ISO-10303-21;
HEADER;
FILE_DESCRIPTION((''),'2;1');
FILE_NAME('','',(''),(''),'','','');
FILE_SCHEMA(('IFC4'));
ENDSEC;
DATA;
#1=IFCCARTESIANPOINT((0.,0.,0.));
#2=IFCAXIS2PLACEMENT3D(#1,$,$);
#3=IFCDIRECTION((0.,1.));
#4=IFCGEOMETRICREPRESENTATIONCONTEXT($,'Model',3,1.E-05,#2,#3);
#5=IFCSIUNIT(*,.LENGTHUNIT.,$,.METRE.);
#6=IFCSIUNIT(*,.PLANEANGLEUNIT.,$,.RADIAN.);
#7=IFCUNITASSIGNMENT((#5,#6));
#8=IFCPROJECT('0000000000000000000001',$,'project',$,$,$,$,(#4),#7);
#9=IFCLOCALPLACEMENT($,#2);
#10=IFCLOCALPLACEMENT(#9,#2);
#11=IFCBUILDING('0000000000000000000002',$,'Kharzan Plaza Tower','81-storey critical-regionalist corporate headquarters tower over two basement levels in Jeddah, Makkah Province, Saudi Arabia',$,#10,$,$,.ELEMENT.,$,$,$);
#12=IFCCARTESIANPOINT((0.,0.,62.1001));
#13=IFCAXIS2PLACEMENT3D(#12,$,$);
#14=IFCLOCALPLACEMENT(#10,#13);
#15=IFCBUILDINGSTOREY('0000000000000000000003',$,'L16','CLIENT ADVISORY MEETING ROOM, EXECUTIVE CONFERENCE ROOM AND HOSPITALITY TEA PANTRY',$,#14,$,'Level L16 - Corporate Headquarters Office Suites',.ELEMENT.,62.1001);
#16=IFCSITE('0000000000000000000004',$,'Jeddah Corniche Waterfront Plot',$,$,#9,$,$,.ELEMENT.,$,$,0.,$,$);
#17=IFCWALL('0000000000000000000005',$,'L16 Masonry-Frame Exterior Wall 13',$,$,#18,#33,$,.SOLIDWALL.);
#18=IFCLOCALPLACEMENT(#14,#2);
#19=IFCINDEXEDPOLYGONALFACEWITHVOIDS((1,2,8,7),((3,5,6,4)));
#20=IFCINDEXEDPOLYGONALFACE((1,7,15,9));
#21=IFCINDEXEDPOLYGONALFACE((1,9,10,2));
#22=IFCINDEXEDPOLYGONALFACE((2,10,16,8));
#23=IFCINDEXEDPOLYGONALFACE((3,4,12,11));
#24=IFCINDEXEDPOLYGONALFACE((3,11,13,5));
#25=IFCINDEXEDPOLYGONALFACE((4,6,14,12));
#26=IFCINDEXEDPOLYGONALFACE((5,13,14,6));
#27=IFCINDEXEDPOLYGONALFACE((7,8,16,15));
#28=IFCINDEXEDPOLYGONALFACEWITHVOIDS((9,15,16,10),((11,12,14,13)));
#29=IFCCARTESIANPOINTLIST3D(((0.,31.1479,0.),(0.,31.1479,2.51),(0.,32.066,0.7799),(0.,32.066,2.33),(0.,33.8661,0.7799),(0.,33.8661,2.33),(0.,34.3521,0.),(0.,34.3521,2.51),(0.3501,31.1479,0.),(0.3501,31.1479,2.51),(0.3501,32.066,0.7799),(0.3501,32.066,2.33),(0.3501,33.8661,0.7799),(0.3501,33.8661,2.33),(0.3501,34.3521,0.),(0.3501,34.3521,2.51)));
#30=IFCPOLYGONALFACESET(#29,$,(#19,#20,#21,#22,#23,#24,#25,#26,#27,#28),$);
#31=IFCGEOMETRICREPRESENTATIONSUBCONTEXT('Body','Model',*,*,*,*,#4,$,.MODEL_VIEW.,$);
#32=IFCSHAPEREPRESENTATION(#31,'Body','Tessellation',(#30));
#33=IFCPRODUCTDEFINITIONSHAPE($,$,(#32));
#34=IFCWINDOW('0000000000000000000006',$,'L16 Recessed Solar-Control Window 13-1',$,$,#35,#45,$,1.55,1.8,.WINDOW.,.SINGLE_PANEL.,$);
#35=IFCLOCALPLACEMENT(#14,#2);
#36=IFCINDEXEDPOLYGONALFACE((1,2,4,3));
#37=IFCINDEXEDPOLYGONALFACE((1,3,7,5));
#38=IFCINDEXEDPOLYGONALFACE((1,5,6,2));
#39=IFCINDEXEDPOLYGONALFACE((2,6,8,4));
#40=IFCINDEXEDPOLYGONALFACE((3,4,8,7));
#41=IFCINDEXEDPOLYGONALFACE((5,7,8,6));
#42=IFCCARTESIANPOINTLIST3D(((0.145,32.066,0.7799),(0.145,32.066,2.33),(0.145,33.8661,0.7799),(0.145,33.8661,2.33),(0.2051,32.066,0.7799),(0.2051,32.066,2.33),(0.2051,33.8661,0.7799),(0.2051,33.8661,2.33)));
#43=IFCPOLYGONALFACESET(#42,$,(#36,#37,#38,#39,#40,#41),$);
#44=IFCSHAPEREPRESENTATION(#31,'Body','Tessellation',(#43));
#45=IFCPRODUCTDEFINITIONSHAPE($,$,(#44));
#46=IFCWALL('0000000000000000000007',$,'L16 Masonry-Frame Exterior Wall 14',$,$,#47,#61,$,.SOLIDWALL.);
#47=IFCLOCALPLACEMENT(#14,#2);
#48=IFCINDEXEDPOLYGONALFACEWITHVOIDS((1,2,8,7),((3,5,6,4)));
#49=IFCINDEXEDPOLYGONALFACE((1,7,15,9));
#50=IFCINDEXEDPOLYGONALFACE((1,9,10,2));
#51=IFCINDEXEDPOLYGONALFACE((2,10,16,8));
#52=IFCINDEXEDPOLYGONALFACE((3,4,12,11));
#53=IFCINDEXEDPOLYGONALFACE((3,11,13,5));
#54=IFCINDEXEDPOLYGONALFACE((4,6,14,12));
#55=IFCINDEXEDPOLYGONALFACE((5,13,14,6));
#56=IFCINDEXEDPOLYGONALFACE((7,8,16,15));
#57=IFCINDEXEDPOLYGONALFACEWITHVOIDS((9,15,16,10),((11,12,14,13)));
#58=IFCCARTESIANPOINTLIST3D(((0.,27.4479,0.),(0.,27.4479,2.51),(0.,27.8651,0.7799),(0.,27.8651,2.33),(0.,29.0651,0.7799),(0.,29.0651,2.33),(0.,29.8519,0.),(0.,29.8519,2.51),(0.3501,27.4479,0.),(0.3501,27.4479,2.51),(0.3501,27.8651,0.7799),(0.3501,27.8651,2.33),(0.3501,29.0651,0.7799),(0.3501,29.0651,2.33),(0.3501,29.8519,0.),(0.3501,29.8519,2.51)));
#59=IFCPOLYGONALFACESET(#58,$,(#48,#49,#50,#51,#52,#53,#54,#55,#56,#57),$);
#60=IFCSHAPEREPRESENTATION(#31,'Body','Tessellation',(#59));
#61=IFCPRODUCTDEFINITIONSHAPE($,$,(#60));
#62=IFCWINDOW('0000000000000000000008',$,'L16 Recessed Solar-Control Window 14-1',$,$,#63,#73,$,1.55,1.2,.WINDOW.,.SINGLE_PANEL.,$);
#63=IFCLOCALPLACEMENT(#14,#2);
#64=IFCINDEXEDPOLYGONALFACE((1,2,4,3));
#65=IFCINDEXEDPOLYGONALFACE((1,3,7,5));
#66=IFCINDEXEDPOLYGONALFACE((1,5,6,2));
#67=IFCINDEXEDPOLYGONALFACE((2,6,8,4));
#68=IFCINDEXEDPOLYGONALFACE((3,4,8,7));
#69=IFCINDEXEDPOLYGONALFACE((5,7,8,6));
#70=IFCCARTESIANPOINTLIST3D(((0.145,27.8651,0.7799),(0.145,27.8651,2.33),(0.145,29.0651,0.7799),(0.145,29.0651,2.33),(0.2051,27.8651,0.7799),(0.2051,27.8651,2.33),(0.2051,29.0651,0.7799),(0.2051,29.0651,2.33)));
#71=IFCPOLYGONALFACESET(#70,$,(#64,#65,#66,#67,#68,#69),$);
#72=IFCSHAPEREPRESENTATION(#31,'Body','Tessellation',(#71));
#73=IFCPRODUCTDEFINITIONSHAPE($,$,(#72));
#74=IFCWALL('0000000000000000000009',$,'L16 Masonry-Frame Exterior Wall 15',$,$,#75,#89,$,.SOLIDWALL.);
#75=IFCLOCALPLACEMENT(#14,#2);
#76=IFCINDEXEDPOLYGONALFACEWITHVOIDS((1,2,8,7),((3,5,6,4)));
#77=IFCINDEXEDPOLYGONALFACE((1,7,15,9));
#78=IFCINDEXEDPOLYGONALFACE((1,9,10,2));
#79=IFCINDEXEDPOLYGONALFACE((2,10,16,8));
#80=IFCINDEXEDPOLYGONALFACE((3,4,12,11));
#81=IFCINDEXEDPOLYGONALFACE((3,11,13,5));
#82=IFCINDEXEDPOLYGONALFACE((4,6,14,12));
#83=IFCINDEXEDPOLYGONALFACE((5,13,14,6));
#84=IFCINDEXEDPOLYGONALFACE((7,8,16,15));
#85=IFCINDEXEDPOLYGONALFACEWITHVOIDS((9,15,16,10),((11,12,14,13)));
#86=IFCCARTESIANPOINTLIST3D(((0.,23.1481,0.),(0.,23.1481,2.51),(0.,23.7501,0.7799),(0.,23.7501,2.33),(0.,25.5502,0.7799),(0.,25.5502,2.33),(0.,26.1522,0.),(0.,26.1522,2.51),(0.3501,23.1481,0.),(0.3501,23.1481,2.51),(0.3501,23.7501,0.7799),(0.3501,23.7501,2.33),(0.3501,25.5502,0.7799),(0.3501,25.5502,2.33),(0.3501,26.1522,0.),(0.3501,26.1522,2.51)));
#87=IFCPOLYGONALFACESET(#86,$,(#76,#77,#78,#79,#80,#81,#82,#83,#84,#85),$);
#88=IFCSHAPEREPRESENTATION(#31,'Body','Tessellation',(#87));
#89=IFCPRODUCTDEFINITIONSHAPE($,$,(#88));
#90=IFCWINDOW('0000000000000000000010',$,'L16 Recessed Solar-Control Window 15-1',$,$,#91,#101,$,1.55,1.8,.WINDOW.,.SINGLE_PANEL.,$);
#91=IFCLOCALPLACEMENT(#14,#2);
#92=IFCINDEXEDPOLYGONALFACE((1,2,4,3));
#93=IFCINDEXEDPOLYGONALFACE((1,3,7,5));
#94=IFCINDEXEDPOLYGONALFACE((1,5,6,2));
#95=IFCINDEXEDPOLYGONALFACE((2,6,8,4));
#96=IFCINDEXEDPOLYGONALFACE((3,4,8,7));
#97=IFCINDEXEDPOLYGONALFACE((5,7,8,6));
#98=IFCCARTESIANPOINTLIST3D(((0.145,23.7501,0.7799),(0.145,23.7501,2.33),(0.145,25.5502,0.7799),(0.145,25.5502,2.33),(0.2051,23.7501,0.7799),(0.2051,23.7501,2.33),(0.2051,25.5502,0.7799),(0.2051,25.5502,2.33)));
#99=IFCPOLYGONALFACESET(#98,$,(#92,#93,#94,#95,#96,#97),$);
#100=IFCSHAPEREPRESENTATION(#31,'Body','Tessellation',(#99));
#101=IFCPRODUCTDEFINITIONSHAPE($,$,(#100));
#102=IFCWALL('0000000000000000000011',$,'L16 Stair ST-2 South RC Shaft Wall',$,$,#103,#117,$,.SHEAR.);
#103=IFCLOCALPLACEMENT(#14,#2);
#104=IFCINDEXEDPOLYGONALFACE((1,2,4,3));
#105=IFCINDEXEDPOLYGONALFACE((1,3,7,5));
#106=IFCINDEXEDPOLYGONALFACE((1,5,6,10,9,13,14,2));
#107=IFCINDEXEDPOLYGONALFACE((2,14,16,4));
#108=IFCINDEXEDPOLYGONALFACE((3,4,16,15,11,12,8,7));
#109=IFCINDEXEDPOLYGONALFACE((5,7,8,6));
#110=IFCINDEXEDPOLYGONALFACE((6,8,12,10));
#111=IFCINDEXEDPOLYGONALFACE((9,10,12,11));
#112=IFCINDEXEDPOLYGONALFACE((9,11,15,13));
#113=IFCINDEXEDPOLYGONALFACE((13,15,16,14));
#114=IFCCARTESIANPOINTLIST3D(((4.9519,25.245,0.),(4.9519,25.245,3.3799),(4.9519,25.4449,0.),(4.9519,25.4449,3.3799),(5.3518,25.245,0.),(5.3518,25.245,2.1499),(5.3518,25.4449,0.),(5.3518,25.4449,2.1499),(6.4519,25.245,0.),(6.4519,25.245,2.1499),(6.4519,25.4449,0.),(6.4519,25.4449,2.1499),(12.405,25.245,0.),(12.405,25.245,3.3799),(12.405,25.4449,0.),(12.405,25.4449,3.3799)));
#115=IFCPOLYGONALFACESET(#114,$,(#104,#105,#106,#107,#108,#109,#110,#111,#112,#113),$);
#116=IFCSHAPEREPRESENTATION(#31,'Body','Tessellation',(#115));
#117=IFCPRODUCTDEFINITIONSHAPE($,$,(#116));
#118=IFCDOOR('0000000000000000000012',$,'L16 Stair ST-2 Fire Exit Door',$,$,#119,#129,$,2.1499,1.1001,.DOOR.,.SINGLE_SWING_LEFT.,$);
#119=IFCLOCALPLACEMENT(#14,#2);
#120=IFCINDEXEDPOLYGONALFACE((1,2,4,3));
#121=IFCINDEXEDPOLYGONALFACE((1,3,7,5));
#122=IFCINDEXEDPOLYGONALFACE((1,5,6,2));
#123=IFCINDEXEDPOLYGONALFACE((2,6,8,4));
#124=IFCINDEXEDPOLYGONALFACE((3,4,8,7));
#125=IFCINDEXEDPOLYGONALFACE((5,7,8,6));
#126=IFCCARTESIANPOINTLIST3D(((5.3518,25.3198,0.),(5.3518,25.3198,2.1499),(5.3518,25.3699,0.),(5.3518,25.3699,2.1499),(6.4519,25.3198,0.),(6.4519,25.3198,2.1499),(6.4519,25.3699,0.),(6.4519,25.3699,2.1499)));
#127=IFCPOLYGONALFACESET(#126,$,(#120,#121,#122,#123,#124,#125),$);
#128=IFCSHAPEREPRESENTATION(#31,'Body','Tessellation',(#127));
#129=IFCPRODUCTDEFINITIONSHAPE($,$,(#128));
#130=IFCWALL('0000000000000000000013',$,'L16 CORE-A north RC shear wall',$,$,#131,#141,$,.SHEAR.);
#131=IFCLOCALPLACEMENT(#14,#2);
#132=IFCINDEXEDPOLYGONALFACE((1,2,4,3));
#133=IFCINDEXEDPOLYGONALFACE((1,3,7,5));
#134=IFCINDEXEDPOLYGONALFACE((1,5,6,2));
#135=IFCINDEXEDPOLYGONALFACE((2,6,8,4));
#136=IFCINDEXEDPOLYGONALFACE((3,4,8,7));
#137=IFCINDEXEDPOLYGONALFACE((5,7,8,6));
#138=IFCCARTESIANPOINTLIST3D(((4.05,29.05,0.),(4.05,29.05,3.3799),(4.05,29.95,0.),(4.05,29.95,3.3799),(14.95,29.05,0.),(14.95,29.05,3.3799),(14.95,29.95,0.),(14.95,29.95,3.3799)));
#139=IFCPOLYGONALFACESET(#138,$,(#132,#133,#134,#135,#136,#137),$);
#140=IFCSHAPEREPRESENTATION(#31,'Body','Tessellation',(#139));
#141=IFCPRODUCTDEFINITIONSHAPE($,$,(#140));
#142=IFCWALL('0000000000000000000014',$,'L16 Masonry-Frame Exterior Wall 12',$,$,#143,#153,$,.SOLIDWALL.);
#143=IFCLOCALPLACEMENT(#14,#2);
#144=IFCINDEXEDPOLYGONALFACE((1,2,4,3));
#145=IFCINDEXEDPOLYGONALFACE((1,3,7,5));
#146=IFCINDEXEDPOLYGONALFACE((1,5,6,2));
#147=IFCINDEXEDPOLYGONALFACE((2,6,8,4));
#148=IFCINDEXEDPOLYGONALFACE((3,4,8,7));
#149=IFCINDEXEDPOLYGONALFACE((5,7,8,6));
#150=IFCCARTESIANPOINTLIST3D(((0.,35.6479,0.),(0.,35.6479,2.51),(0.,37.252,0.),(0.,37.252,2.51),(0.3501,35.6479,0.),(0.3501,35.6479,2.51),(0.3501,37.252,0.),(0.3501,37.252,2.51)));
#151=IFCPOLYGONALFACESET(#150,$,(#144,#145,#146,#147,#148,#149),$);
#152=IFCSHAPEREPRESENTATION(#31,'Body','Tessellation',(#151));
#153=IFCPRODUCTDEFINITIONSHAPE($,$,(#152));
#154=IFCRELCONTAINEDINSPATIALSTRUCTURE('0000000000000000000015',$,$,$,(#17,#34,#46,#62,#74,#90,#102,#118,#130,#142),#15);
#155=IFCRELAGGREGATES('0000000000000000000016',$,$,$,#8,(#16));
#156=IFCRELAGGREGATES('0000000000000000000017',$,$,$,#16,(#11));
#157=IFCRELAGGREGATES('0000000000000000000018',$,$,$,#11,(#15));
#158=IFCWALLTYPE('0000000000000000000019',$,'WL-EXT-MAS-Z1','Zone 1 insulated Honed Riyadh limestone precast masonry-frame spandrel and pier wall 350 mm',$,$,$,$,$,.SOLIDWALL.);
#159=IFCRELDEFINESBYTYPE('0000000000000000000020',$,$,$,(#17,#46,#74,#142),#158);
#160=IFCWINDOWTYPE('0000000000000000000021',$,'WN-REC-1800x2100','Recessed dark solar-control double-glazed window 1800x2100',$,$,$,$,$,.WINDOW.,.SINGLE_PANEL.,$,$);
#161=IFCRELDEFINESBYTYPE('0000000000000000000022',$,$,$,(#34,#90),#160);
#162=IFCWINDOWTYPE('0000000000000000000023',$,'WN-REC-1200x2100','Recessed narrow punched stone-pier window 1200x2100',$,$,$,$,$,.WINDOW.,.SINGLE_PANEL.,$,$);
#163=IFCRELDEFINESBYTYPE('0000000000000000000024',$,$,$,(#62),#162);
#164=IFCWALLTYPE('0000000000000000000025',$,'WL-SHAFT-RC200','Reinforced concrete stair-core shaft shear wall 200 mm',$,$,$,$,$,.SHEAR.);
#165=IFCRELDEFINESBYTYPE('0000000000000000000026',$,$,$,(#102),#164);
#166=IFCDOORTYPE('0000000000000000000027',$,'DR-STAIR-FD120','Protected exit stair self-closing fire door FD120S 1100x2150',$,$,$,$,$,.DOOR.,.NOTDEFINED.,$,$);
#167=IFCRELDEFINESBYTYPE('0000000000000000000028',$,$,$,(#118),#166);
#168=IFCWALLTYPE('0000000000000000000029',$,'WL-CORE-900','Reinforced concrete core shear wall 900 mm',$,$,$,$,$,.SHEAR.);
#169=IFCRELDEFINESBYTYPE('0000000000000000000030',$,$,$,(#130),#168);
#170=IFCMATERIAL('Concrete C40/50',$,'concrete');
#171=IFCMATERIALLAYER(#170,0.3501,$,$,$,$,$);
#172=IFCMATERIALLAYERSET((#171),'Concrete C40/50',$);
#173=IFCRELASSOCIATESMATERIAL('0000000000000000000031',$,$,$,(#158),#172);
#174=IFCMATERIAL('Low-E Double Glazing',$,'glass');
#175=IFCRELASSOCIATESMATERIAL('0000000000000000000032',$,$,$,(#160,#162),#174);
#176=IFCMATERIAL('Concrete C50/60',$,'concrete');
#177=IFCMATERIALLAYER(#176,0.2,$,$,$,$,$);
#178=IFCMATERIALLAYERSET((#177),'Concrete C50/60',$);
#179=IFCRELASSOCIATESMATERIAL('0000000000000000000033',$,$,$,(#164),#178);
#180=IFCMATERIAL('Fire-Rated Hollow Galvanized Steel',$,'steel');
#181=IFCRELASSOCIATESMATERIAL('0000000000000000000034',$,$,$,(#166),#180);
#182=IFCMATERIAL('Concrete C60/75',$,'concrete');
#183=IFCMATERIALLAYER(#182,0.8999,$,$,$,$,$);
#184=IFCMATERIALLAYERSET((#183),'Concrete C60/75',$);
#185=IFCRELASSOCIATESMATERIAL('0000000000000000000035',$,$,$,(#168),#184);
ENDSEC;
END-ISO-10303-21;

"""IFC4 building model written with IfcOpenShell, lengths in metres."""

from ifc_helpers import new_model, si_unit, direction, frame, frame_2d, origin, place, context, subcontext, project, spatial, rectangle, extrude, source, transform, mapped, material, layer, layer_set, type_object, element, fill, save


model = new_model("IFC4")

# Units and contexts
model_context = context("Model", 3, precision=1e-05, world=origin(), true_north=direction((0.0, 1.0)))
body_context = subcontext(model_context, "Body", "Model", "MODEL_VIEW")
ifc_project = project(units=[si_unit("LENGTHUNIT", "METRE"), si_unit("PLANEANGLEUNIT", "RADIAN")], contexts=[model_context])

# Site, building, storey
site_placement = place(None, origin())
site = spatial("IfcSite", under=ifc_project, at=site_placement, Name="Jeddah Corniche Waterfront Plot", CompositionType="ELEMENT", RefElevation=0.0)
building_placement = place(site_placement, origin())
building = spatial("IfcBuilding", under=site, at=building_placement, Name="Kharzan Plaza Tower", Description="81-storey critical-regionalist corporate headquarters tower over two basement levels in Jeddah, Makkah Province, Saudi Arabia", CompositionType="ELEMENT")
storey_placement = place(building_placement, frame((0.0, 0.0, 62.1001)))
storey = spatial("IfcBuildingStorey", under=building, at=storey_placement, Name="L16", Description="CLIENT ADVISORY MEETING ROOM, EXECUTIVE CONFERENCE ROOM AND HOSPITALITY TEA PANTRY", LongName="Level L16 - Corporate Headquarters Office Suites", CompositionType="ELEMENT", Elevation=62.1001)

# Shared definitions
ifc_material_1 = material(Name="Concrete C60/75", Category="concrete")

# Walls, openings, windows
ifc_material_2 = material(Name="Concrete C40/50", Category="concrete")
ifc_layer_1 = layer(ifc_material_2, 0.3501)
ifc_layer_set_1 = layer_set([ifc_layer_1], Name="Concrete C40/50")
wall_type_1 = type_object("IfcWallType", Name="WL-EXT-MAS-Z1", Description="Zone 1 insulated Honed Riyadh limestone precast masonry-frame spandrel and pier wall 350 mm", PredefinedType="SOLIDWALL", material=ifc_layer_set_1)
wall_1_placement = place(storey_placement, frame((0.175, 34.3521, 0.0), z_axis=(0.0, 0.0, 1.0), x_axis=(0.0, -1.0, 0.0)))
wall_1 = element("IfcWall", 1, at=wall_1_placement, inside=storey, type_object=wall_type_1, Name="L16 Masonry-Frame Exterior Wall 13", PredefinedType="SOLIDWALL", context=body_context, shape_type="SweptSolid", body=[
    extrude(rectangle(XDim=3.2041, YDim=0.3501, at=frame_2d((1.6021, 0.0))), origin(), (0.0, 0.0, 1.0), 2.51),
])
opening_1_placement = place(wall_1_placement, frame((0.4861, 0.0, 0.78)))
opening_1 = element("IfcOpeningElement", 2, at=opening_1_placement, cuts=wall_1, PredefinedType="OPENING", context=body_context, shape_type="SweptSolid", body=[
    extrude(rectangle(XDim=1.8, YDim=1.55, at=frame_2d((0.8999, 0.7749))), frame((0.0, 0.1851, 0.0), z_axis=(0.0, -1.0, 0.0), x_axis=(1.0, 0.0, 0.0)), (0.0, 0.0, 1.0), 0.3701),
])
ifc_material_3 = material(Name="Low-E Double Glazing", Category="glass")
window_type_1 = type_object("IfcWindowType", Name="WN-REC-1800x2100", Description="Recessed dark solar-control double-glazed window 1800x2100", PartitioningType="SINGLE_PANEL", PredefinedType="WINDOW", material=ifc_material_3)
shared_shape_1 = source(origin(), body_context, "Body", "SweptSolid", [
    extrude(rectangle(XDim=1.8, YDim=1.55, at=frame_2d((0.8999, 0.7749))), frame((0.0, 0.03, 0.0), z_axis=(0.0, -1.0, 0.0), x_axis=(1.0, 0.0, 0.0)), (0.0, 0.0, 1.0), 0.0601),
])
window_1_placement = place(opening_1_placement, origin())
window_1 = element("IfcWindow", 3, at=window_1_placement, inside=storey, type_object=window_type_1, Name="L16 Recessed Solar-Control Window 13-1", OverallHeight=1.55, OverallWidth=1.8, PartitioningType="SINGLE_PANEL", PredefinedType="WINDOW", context=body_context, shape_type="MappedRepresentation", body=[
    mapped(shared_shape_1, transform((0.0, 0.0, 0.0), x_axis=(1.0, 0.0, 0.0), y_axis=(0.0, 1.0, 0.0), z_axis=(0.0, 0.0, 1.0))),
])
fill(opening_1, window_1)
wall_2_placement = place(storey_placement, frame((0.175, 29.8521, 0.0), z_axis=(0.0, 0.0, 1.0), x_axis=(0.0, -1.0, 0.0)))
wall_2 = element("IfcWall", 4, at=wall_2_placement, inside=storey, type_object=wall_type_1, Name="L16 Masonry-Frame Exterior Wall 14", PredefinedType="SOLIDWALL", context=body_context, shape_type="SweptSolid", body=[
    extrude(rectangle(XDim=2.4041, YDim=0.3501, at=frame_2d((1.2021, 0.0))), origin(), (0.0, 0.0, 1.0), 2.51),
])
opening_2_placement = place(wall_2_placement, frame((0.7869, 0.0, 0.78)))
opening_2 = element("IfcOpeningElement", 5, at=opening_2_placement, cuts=wall_2, PredefinedType="OPENING", context=body_context, shape_type="SweptSolid", body=[
    extrude(rectangle(XDim=1.2, YDim=1.55, at=frame_2d((0.6001, 0.7749))), frame((0.0, 0.1851, 0.0), z_axis=(0.0, -1.0, 0.0), x_axis=(1.0, 0.0, 0.0)), (0.0, 0.0, 1.0), 0.3701),
])
window_type_2 = type_object("IfcWindowType", Name="WN-REC-1200x2100", Description="Recessed narrow punched stone-pier window 1200x2100", PartitioningType="SINGLE_PANEL", PredefinedType="WINDOW", material=ifc_material_3)
shared_shape_2 = source(origin(), body_context, "Body", "SweptSolid", [
    extrude(rectangle(XDim=1.2, YDim=1.55, at=frame_2d((0.6001, 0.7749))), frame((0.0, 0.03, 0.0), z_axis=(0.0, -1.0, 0.0), x_axis=(1.0, 0.0, 0.0)), (0.0, 0.0, 1.0), 0.0601),
])
window_2_placement = place(opening_2_placement, origin())
window_2 = element("IfcWindow", 6, at=window_2_placement, inside=storey, type_object=window_type_2, Name="L16 Recessed Solar-Control Window 14-1", OverallHeight=1.55, OverallWidth=1.2, PartitioningType="SINGLE_PANEL", PredefinedType="WINDOW", context=body_context, shape_type="MappedRepresentation", body=[
    mapped(shared_shape_2, transform((0.0, 0.0, 0.0), x_axis=(1.0, 0.0, 0.0), y_axis=(0.0, 1.0, 0.0), z_axis=(0.0, 0.0, 1.0))),
])
fill(opening_2, window_2)
wall_3_placement = place(storey_placement, frame((0.175, 26.1521, 0.0), z_axis=(0.0, 0.0, 1.0), x_axis=(0.0, -1.0, 0.0)))
wall_3 = element("IfcWall", 7, at=wall_3_placement, inside=storey, type_object=wall_type_1, Name="L16 Masonry-Frame Exterior Wall 15", PredefinedType="SOLIDWALL", context=body_context, shape_type="SweptSolid", body=[
    extrude(rectangle(XDim=3.0042, YDim=0.3501, at=frame_2d((1.502, 0.0))), origin(), (0.0, 0.0, 1.0), 2.51),
])
opening_3_placement = place(wall_3_placement, frame((0.6021, 0.0, 0.78)))
opening_3 = element("IfcOpeningElement", 8, at=opening_3_placement, cuts=wall_3, PredefinedType="OPENING", context=body_context, shape_type="SweptSolid", body=[
    extrude(rectangle(XDim=1.8, YDim=1.55, at=frame_2d((0.8999, 0.7749))), frame((0.0, 0.1851, 0.0), z_axis=(0.0, -1.0, 0.0), x_axis=(1.0, 0.0, 0.0)), (0.0, 0.0, 1.0), 0.3701),
])
window_3_placement = place(opening_3_placement, origin())
window_3 = element("IfcWindow", 9, at=window_3_placement, inside=storey, type_object=window_type_1, Name="L16 Recessed Solar-Control Window 15-1", OverallHeight=1.55, OverallWidth=1.8, PartitioningType="SINGLE_PANEL", PredefinedType="WINDOW", context=body_context, shape_type="MappedRepresentation", body=[
    mapped(shared_shape_1, transform((0.0, 0.0, 0.0), x_axis=(1.0, 0.0, 0.0), y_axis=(0.0, 1.0, 0.0), z_axis=(0.0, 0.0, 1.0))),
])
fill(opening_3, window_3)

# Wall, opening, door
ifc_material_4 = material(Name="Concrete C50/60", Category="concrete")
ifc_layer_2 = layer(ifc_material_4, 0.2)
ifc_layer_set_2 = layer_set([ifc_layer_2], Name="Concrete C50/60")
wall_type_2 = type_object("IfcWallType", Name="WL-SHAFT-RC200", Description="Reinforced concrete stair-core shaft shear wall 200 mm", PredefinedType="SHEAR", material=ifc_layer_set_2)
wall_4_placement = place(storey_placement, frame((4.9519, 25.345, 0.0), z_axis=(0.0, 0.0, 1.0), x_axis=(1.0, 0.0, 0.0)))
wall_4 = element("IfcWall", 10, at=wall_4_placement, inside=storey, type_object=wall_type_2, Name="L16 Stair ST-2 South RC Shaft Wall", PredefinedType="SHEAR", context=body_context, shape_type="SweptSolid", body=[
    extrude(rectangle(XDim=7.4531, YDim=0.2, at=frame_2d((3.7266, 0.0))), origin(), (0.0, 0.0, 1.0), 3.3799),
])
opening_4_placement = place(wall_4_placement, frame((0.3999, 0.0, 0.0)))
opening_4 = element("IfcOpeningElement", 11, at=opening_4_placement, cuts=wall_4, PredefinedType="OPENING", context=body_context, shape_type="SweptSolid", body=[
    extrude(rectangle(XDim=1.1001, YDim=2.1499, at=frame_2d((0.55, 1.075))), frame((0.0, 0.1099, 0.0), z_axis=(0.0, -1.0, 0.0), x_axis=(1.0, 0.0, 0.0)), (0.0, 0.0, 1.0), 0.22),
])
ifc_material_5 = material(Name="Fire-Rated Hollow Galvanized Steel", Category="steel")
door_type = type_object("IfcDoorType", Name="DR-STAIR-FD120", Description="Protected exit stair self-closing fire door FD120S 1100x2150", OperationType="NOTDEFINED", PredefinedType="DOOR", material=ifc_material_5)
shared_shape_3 = source(origin(), body_context, "Body", "SweptSolid", [
    extrude(rectangle(XDim=1.1001, YDim=2.1499, at=frame_2d((0.55, 1.075))), frame((0.0, 0.0249, 0.0), z_axis=(0.0, -1.0, 0.0), x_axis=(1.0, 0.0, 0.0)), (0.0, 0.0, 1.0), 0.05),
])
door_placement = place(opening_4_placement, origin())
door = element("IfcDoor", 12, at=door_placement, inside=storey, type_object=door_type, Name="L16 Stair ST-2 Fire Exit Door", OperationType="SINGLE_SWING_LEFT", OverallHeight=2.1499, OverallWidth=1.1001, PredefinedType="DOOR", context=body_context, shape_type="MappedRepresentation", body=[
    mapped(shared_shape_3, transform((0.0, 0.0, 0.0), x_axis=(1.0, 0.0, 0.0), y_axis=(0.0, 1.0, 0.0), z_axis=(0.0, 0.0, 1.0))),
])
fill(opening_4, door)

# Walls
ifc_layer_3 = layer(ifc_material_1, 0.8999)
ifc_layer_set_3 = layer_set([ifc_layer_3], Name="Concrete C60/75")
wall_type_3 = type_object("IfcWallType", Name="WL-CORE-900", Description="Reinforced concrete core shear wall 900 mm", PredefinedType="SHEAR", material=ifc_layer_set_3)
shared_shape_4 = source(origin(), body_context, "Body", "SweptSolid", [
    extrude(rectangle(XDim=10.8999, YDim=0.8999, at=frame_2d((5.45, 0.0))), origin(), (0.0, 0.0, 1.0), 3.3799),
])
wall_5_placement = place(storey_placement, frame((4.05, 29.5, 0.0), z_axis=(0.0, 0.0, 1.0), x_axis=(1.0, 0.0, 0.0)))
element("IfcWall", 13, at=wall_5_placement, inside=storey, type_object=wall_type_3, Name="L16 CORE-A north RC shear wall", PredefinedType="SHEAR", context=body_context, shape_type="MappedRepresentation", body=[
    mapped(shared_shape_4, transform((0.0, 0.0, 0.0), x_axis=(1.0, 0.0, 0.0), y_axis=(0.0, 1.0, 0.0), z_axis=(0.0, 0.0, 1.0))),
])
shared_shape_5 = source(origin(), body_context, "Body", "SweptSolid", [
    extrude(rectangle(XDim=1.604, YDim=0.3501, at=frame_2d((0.802, 0.0))), origin(), (0.0, 0.0, 1.0), 2.51),
])
wall_6_placement = place(storey_placement, frame((0.175, 37.252, 0.0), z_axis=(0.0, 0.0, 1.0), x_axis=(0.0, -1.0, 0.0)))
element("IfcWall", 14, at=wall_6_placement, inside=storey, type_object=wall_type_1, Name="L16 Masonry-Frame Exterior Wall 12", PredefinedType="SOLIDWALL", context=body_context, shape_type="MappedRepresentation", body=[
    mapped(shared_shape_5, transform((0.0, 0.0, 0.0), x_axis=(1.0, 0.0, 0.0), y_axis=(0.0, 1.0, 0.0), z_axis=(0.0, 0.0, 1.0))),
])

save(model, "model.ifc")
